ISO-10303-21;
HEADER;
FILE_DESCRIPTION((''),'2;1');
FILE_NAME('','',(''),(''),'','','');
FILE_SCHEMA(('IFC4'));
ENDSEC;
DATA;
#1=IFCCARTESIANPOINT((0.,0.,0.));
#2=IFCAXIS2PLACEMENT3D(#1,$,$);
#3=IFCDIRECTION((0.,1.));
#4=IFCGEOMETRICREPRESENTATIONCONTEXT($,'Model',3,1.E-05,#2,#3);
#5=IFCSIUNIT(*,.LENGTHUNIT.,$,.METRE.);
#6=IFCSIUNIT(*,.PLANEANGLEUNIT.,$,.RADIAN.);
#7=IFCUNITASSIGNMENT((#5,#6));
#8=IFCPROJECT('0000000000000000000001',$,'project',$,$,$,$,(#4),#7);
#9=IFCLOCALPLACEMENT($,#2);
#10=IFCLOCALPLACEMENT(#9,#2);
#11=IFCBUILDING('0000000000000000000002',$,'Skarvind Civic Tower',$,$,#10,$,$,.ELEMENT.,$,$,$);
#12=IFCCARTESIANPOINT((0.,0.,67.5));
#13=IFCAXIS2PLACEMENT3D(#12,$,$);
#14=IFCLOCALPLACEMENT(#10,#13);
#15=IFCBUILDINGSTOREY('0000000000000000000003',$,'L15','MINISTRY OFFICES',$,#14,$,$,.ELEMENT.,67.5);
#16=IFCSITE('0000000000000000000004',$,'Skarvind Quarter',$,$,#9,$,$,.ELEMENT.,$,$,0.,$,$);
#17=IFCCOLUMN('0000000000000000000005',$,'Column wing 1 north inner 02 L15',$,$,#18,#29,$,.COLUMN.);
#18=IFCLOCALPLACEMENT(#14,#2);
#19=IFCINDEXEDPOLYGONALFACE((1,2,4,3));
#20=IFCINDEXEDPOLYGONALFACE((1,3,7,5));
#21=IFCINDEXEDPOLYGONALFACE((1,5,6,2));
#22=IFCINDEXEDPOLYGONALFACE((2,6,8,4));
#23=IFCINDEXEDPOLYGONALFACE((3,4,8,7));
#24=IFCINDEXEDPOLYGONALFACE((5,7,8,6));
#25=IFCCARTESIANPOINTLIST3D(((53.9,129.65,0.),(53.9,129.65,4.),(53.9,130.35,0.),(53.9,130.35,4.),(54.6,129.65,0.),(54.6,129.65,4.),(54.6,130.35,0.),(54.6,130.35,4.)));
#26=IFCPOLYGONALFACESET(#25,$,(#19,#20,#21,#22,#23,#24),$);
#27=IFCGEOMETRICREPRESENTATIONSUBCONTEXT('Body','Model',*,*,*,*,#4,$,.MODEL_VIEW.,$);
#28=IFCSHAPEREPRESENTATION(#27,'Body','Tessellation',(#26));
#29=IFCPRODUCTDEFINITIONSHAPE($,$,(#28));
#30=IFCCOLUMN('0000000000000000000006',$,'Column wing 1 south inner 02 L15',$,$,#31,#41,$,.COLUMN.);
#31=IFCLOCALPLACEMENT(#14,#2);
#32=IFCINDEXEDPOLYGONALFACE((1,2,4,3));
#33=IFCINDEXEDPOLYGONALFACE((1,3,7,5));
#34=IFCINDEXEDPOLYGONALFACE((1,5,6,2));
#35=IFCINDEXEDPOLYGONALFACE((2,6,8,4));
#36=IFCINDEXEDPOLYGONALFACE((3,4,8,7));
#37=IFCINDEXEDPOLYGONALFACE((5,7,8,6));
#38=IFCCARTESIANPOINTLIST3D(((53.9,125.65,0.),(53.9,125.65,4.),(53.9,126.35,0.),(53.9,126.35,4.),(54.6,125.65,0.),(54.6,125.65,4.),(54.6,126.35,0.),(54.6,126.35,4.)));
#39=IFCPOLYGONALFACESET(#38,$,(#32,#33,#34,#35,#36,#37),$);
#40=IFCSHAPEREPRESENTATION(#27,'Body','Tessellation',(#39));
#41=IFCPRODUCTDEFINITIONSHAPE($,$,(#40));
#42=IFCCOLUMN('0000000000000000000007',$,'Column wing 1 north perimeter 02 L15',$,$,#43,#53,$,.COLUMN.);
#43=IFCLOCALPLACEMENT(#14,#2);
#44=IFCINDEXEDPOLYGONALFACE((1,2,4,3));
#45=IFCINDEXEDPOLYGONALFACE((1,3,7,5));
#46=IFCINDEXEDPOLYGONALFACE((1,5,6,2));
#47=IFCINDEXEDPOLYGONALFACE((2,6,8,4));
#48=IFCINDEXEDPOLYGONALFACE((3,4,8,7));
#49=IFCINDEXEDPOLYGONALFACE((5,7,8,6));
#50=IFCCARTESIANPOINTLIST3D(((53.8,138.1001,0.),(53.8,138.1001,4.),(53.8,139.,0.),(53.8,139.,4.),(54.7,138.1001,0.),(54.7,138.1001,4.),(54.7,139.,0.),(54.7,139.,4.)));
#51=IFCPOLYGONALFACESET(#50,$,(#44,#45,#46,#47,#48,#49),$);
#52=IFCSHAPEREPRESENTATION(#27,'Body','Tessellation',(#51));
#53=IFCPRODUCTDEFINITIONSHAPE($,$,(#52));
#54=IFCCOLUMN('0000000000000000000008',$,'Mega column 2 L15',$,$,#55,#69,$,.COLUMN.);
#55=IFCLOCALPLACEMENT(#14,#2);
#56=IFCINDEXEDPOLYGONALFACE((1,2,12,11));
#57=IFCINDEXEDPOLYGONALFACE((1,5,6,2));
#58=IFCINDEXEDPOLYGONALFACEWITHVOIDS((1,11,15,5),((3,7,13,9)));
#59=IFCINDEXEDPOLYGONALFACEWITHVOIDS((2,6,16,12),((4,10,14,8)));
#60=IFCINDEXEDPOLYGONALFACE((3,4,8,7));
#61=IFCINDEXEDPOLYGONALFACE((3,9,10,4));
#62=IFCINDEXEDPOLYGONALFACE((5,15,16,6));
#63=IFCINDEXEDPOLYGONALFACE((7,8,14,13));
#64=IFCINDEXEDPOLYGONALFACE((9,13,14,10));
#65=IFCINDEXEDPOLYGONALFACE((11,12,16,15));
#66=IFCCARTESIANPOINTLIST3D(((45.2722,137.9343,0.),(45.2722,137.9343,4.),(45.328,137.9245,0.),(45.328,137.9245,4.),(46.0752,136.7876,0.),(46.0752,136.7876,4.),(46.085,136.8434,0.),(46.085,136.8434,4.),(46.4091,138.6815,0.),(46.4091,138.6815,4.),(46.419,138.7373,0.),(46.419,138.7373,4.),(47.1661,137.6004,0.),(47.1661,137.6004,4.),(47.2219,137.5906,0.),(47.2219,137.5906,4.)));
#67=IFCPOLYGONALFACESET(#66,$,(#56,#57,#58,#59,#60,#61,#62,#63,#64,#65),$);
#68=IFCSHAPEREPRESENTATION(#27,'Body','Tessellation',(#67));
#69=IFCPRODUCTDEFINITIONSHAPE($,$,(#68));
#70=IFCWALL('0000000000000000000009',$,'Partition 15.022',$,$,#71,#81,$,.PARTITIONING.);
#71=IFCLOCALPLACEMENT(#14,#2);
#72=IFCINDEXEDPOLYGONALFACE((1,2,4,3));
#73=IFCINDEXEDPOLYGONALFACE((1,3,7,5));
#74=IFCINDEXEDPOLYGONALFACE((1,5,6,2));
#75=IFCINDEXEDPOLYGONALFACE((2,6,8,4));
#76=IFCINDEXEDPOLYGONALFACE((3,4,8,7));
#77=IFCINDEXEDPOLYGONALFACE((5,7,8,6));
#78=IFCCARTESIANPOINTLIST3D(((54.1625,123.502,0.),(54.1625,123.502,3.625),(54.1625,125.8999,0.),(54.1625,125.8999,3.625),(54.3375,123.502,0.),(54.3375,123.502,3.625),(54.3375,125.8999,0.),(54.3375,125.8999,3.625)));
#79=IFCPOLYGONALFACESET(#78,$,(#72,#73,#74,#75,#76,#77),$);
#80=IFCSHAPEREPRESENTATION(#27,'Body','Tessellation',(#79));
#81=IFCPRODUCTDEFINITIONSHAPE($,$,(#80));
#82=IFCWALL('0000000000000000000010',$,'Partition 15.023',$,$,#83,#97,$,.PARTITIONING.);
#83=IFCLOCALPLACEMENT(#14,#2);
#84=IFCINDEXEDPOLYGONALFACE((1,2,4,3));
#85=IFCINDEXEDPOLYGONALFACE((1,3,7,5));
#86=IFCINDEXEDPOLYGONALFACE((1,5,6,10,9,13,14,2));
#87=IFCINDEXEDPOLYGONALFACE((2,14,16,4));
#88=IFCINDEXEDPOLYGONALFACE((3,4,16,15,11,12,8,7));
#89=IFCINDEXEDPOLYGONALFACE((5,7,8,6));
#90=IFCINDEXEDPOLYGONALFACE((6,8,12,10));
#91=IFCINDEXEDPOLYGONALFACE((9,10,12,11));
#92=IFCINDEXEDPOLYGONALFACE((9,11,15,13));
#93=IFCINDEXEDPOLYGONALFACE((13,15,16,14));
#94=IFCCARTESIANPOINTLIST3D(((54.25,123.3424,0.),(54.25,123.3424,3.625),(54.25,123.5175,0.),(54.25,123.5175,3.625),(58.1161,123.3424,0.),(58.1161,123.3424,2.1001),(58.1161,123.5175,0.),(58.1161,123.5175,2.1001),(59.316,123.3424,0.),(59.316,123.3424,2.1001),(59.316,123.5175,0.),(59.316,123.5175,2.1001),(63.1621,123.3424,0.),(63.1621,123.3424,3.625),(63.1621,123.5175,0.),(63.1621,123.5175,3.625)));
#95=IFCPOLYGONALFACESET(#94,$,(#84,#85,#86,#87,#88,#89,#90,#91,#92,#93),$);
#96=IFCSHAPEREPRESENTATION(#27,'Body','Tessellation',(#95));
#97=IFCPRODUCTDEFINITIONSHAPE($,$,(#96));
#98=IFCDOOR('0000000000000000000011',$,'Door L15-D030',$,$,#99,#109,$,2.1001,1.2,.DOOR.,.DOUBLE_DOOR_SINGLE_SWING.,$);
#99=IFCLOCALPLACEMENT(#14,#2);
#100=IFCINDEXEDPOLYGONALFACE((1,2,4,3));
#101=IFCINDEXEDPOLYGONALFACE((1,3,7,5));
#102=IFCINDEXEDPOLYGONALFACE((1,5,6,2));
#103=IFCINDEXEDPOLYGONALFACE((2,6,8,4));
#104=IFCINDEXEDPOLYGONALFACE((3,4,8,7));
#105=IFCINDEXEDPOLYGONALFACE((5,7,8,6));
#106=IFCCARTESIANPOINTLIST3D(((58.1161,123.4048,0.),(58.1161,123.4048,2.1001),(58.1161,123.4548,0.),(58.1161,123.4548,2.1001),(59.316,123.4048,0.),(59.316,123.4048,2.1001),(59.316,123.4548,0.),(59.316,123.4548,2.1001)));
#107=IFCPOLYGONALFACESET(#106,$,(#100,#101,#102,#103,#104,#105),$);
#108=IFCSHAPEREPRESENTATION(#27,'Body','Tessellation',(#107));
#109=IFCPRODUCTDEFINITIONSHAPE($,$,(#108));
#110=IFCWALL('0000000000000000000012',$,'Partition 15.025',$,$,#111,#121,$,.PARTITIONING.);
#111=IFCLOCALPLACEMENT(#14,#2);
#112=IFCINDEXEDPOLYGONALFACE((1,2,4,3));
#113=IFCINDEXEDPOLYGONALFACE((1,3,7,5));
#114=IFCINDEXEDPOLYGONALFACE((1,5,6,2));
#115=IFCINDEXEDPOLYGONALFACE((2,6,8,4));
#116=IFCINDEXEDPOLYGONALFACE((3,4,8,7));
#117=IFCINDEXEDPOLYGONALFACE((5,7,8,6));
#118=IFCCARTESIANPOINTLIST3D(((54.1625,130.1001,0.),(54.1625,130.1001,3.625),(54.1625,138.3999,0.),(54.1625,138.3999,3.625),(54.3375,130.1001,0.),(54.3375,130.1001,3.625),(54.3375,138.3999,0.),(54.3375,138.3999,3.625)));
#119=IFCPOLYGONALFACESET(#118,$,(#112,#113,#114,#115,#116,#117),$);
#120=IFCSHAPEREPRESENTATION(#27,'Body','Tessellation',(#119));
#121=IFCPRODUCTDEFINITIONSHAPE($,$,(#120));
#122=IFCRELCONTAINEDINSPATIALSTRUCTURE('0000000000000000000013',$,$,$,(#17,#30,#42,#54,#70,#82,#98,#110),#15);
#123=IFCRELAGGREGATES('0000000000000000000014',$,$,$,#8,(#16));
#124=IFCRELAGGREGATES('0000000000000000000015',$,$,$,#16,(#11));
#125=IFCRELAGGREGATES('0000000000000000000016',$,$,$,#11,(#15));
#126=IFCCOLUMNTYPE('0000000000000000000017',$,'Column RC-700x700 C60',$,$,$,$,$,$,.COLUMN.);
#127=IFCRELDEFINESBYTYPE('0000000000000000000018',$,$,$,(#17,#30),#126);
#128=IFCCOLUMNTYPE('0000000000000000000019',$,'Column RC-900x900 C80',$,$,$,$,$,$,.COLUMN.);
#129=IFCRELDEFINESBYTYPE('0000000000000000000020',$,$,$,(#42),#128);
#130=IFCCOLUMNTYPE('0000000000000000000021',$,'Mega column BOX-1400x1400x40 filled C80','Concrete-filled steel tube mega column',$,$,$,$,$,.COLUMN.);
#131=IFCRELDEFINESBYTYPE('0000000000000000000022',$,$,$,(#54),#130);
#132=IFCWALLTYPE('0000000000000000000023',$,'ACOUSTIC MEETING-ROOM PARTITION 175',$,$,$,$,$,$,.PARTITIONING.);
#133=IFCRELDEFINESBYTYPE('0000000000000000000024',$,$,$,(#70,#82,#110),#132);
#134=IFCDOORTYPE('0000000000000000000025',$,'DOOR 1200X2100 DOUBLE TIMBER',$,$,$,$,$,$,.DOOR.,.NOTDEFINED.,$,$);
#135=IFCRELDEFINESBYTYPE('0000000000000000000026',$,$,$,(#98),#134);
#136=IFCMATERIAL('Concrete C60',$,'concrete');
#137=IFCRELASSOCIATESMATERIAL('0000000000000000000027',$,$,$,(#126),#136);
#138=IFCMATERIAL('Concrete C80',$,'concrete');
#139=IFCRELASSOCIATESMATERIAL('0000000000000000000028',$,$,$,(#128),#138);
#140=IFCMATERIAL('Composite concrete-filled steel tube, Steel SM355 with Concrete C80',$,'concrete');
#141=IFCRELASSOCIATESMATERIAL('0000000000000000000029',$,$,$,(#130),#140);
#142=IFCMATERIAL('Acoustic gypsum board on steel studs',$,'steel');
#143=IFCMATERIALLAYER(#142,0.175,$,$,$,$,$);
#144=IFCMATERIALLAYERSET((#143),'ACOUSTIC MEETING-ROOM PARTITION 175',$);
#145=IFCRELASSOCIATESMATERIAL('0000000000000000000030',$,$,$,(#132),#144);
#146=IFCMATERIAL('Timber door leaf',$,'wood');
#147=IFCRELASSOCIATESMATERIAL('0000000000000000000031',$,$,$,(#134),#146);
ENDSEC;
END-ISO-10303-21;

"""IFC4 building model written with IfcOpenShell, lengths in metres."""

from ifc_helpers import new_model, si_unit, direction, frame, frame_2d, origin, origin_2d, place, context, subcontext, project, spatial, rectangle, hollow_rectangle, extrude, material, layer, layer_set, material_profile, profile_set, type_object, element, fill, save


model = new_model("IFC4")

# Units and contexts
model_context = context("Model", 3, precision=1e-05, world=origin(), true_north=direction((0.0, 1.0)))
body_context = subcontext(model_context, "Body", "Model", "MODEL_VIEW")
ifc_project = project(units=[si_unit("LENGTHUNIT", "METRE"), si_unit("PLANEANGLEUNIT", "RADIAN")], contexts=[model_context])

# Site, building, storey
site_placement = place(None, origin())
site = spatial("IfcSite", under=ifc_project, at=site_placement, Name="Skarvind Quarter", CompositionType="ELEMENT", RefElevation=0.0)
building_placement = place(site_placement, origin())
building = spatial("IfcBuilding", under=site, at=building_placement, Name="Skarvind Civic Tower", CompositionType="ELEMENT")
storey_placement = place(building_placement, frame((0.0, 0.0, 67.5)))
storey = spatial("IfcBuildingStorey", under=building, at=storey_placement, Name="L15", Description="MINISTRY OFFICES", CompositionType="ELEMENT", Elevation=67.5)

# Columns
ifc_material_1 = material(Name="Concrete C60", Category="concrete")
ifc_material_profile_1 = material_profile(ifc_material_1, rectangle(XDim=0.7, YDim=0.7, at=origin_2d()), Name="RC-700x700")
ifc_profile_set_1 = profile_set([ifc_material_profile_1], Name="Concrete C60")
column_type_1 = type_object("IfcColumnType", Name="Column RC-700x700 C60", PredefinedType="COLUMN", material=ifc_profile_set_1)
for number, where, z_axis, x_axis, name in (
    (1, (54.25, 130.0, 0.0), (0.0, 0.0, 1.0), (1.0, 0.0, 0.0), "Column wing 1 north inner 02 L15"),
    (2, (54.25, 126.0, 0.0), (0.0, 0.0, 1.0), (1.0, 0.0, 0.0), "Column wing 1 south inner 02 L15"),
):
    element("IfcColumn", number, at=place(storey_placement, frame(where, z_axis=z_axis, x_axis=x_axis)), inside=storey, type_object=column_type_1, Name=name, PredefinedType="COLUMN", context=body_context, shape_type="SweptSolid", body=[
        extrude(rectangle(XDim=0.7, YDim=0.7, at=origin_2d()), origin(), (0.0, 0.0, 1.0), 4.0),
    ])
ifc_material_2 = material(Name="Concrete C80", Category="concrete")
ifc_material_profile_2 = material_profile(ifc_material_2, rectangle(XDim=0.8999, YDim=0.8999, at=origin_2d()), Name="RC-900x900")
ifc_profile_set_2 = profile_set([ifc_material_profile_2], Name="Concrete C80")
column_type_2 = type_object("IfcColumnType", Name="Column RC-900x900 C80", PredefinedType="COLUMN", material=ifc_profile_set_2)
column_1_placement = place(storey_placement, frame((54.25, 138.55, 0.0), z_axis=(0.0, 0.0, 1.0), x_axis=(1.0, 0.0, 0.0)))
element("IfcColumn", 3, at=column_1_placement, inside=storey, type_object=column_type_2, Name="Column wing 1 north perimeter 02 L15", PredefinedType="COLUMN", context=body_context, shape_type="SweptSolid", body=[
    extrude(rectangle(XDim=0.8999, YDim=0.8999, at=origin_2d()), origin(), (0.0, 0.0, 1.0), 4.0),
])
ifc_material_3 = material(Name="Composite concrete-filled steel tube, Steel SM355 with Concrete C80", Category="concrete")
ifc_material_profile_3 = material_profile(ifc_material_3, hollow_rectangle(XDim=1.3999, YDim=1.3999, WallThickness=0.04, at=origin_2d()), Name="BOX-1400x1400x40")
ifc_profile_set_3 = profile_set([ifc_material_profile_3], Name="Composite concrete-filled steel tube, Steel SM355 with Concrete C80")
column_type_3 = type_object("IfcColumnType", Name="Mega column BOX-1400x1400x40 filled C80", Description="Concrete-filled steel tube mega column", PredefinedType="COLUMN", material=ifc_profile_set_3)
column_2_placement = place(storey_placement, frame((46.2471, 137.7625, 0.0), z_axis=(0.0, 0.0, 1.0), x_axis=(0.573576, -0.819152, 0.0)))
element("IfcColumn", 4, at=column_2_placement, inside=storey, type_object=column_type_3, Name="Mega column 2 L15", PredefinedType="COLUMN", context=body_context, shape_type="SweptSolid", body=[
    extrude(hollow_rectangle(XDim=1.3999, YDim=1.3999, WallThickness=0.04, at=origin_2d()), origin(), (0.0, 0.0, 1.0), 4.0),
])

# Wall
ifc_material_4 = material(Name="Acoustic gypsum board on steel studs", Category="steel")
ifc_layer_1 = layer(ifc_material_4, 0.175)
ifc_layer_set_1 = layer_set([ifc_layer_1], Name="ACOUSTIC MEETING-ROOM PARTITION 175")
wall_type_1 = type_object("IfcWallType", Name="ACOUSTIC MEETING-ROOM PARTITION 175", PredefinedType="PARTITIONING", material=ifc_layer_set_1)
wall_1_placement = place(storey_placement, frame((54.25, 123.502, 0.0), z_axis=(0.0, 0.0, 1.0), x_axis=(0.0, 1.0, 0.0)))
element("IfcWall", 5, at=wall_1_placement, inside=storey, type_object=wall_type_1, Name="Partition 15.022", PredefinedType="PARTITIONING", context=body_context, shape_type="SweptSolid", body=[
    extrude(rectangle(XDim=2.3979, YDim=0.175, at=frame_2d((1.199, 0.0))), origin(), (0.0, 0.0, 1.0), 3.625),
])

# Wall, opening, door
wall_2_placement = place(storey_placement, frame((54.25, 123.4299, 0.0), z_axis=(0.0, 0.0, 1.0), x_axis=(1.0, 0.0, 0.0)))
wall_2 = element("IfcWall", 6, at=wall_2_placement, inside=storey, type_object=wall_type_1, Name="Partition 15.023", PredefinedType="PARTITIONING", context=body_context, shape_type="SweptSolid", body=[
    extrude(rectangle(XDim=8.9121, YDim=0.175, at=frame_2d((4.4561, 0.0))), origin(), (0.0, 0.0, 1.0), 3.625),
])
opening_1_placement = place(wall_2_placement, frame((3.866, 0.0, 0.0)))
opening_1 = element("IfcOpeningElement", 7, at=opening_1_placement, cuts=wall_2, PredefinedType="OPENING", context=body_context, shape_type="SweptSolid", body=[
    extrude(rectangle(XDim=1.2, YDim=2.1001, at=frame_2d((0.6001, 1.05))), frame((0.0, 0.0974, 0.0), z_axis=(0.0, -1.0, 0.0), x_axis=(1.0, 0.0, 0.0)), (0.0, 0.0, 1.0), 0.1951),
])
ifc_material_5 = material(Name="Timber door leaf", Category="wood")
door_type_1 = type_object("IfcDoorType", Name="DOOR 1200X2100 DOUBLE TIMBER", OperationType="NOTDEFINED", PredefinedType="DOOR", material=ifc_material_5)
door_1_placement = place(opening_1_placement, origin())
door_1 = element("IfcDoor", 8, at=door_1_placement, inside=storey, type_object=door_type_1, Name="Door L15-D030", OperationType="DOUBLE_DOOR_SINGLE_SWING", OverallHeight=2.1001, OverallWidth=1.2, PredefinedType="DOOR", context=body_context, shape_type="SweptSolid", body=[
    extrude(rectangle(XDim=1.2, YDim=2.1001, at=frame_2d((0.6001, 1.05))), frame((0.0, 0.0249, 0.0), z_axis=(0.0, -1.0, 0.0), x_axis=(1.0, 0.0, 0.0)), (0.0, 0.0, 1.0), 0.05),
])
fill(opening_1, door_1)

# Wall
wall_3_placement = place(storey_placement, frame((54.25, 138.3999, 0.0), z_axis=(0.0, 0.0, 1.0), x_axis=(0.0, -1.0, 0.0)))
element("IfcWall", 9, at=wall_3_placement, inside=storey, type_object=wall_type_1, Name="Partition 15.025", PredefinedType="PARTITIONING", context=body_context, shape_type="SweptSolid", body=[
    extrude(rectangle(XDim=8.2998, YDim=0.175, at=frame_2d((4.1499, 0.0))), origin(), (0.0, 0.0, 1.0), 3.625),
])

save(model, "model.ifc")
